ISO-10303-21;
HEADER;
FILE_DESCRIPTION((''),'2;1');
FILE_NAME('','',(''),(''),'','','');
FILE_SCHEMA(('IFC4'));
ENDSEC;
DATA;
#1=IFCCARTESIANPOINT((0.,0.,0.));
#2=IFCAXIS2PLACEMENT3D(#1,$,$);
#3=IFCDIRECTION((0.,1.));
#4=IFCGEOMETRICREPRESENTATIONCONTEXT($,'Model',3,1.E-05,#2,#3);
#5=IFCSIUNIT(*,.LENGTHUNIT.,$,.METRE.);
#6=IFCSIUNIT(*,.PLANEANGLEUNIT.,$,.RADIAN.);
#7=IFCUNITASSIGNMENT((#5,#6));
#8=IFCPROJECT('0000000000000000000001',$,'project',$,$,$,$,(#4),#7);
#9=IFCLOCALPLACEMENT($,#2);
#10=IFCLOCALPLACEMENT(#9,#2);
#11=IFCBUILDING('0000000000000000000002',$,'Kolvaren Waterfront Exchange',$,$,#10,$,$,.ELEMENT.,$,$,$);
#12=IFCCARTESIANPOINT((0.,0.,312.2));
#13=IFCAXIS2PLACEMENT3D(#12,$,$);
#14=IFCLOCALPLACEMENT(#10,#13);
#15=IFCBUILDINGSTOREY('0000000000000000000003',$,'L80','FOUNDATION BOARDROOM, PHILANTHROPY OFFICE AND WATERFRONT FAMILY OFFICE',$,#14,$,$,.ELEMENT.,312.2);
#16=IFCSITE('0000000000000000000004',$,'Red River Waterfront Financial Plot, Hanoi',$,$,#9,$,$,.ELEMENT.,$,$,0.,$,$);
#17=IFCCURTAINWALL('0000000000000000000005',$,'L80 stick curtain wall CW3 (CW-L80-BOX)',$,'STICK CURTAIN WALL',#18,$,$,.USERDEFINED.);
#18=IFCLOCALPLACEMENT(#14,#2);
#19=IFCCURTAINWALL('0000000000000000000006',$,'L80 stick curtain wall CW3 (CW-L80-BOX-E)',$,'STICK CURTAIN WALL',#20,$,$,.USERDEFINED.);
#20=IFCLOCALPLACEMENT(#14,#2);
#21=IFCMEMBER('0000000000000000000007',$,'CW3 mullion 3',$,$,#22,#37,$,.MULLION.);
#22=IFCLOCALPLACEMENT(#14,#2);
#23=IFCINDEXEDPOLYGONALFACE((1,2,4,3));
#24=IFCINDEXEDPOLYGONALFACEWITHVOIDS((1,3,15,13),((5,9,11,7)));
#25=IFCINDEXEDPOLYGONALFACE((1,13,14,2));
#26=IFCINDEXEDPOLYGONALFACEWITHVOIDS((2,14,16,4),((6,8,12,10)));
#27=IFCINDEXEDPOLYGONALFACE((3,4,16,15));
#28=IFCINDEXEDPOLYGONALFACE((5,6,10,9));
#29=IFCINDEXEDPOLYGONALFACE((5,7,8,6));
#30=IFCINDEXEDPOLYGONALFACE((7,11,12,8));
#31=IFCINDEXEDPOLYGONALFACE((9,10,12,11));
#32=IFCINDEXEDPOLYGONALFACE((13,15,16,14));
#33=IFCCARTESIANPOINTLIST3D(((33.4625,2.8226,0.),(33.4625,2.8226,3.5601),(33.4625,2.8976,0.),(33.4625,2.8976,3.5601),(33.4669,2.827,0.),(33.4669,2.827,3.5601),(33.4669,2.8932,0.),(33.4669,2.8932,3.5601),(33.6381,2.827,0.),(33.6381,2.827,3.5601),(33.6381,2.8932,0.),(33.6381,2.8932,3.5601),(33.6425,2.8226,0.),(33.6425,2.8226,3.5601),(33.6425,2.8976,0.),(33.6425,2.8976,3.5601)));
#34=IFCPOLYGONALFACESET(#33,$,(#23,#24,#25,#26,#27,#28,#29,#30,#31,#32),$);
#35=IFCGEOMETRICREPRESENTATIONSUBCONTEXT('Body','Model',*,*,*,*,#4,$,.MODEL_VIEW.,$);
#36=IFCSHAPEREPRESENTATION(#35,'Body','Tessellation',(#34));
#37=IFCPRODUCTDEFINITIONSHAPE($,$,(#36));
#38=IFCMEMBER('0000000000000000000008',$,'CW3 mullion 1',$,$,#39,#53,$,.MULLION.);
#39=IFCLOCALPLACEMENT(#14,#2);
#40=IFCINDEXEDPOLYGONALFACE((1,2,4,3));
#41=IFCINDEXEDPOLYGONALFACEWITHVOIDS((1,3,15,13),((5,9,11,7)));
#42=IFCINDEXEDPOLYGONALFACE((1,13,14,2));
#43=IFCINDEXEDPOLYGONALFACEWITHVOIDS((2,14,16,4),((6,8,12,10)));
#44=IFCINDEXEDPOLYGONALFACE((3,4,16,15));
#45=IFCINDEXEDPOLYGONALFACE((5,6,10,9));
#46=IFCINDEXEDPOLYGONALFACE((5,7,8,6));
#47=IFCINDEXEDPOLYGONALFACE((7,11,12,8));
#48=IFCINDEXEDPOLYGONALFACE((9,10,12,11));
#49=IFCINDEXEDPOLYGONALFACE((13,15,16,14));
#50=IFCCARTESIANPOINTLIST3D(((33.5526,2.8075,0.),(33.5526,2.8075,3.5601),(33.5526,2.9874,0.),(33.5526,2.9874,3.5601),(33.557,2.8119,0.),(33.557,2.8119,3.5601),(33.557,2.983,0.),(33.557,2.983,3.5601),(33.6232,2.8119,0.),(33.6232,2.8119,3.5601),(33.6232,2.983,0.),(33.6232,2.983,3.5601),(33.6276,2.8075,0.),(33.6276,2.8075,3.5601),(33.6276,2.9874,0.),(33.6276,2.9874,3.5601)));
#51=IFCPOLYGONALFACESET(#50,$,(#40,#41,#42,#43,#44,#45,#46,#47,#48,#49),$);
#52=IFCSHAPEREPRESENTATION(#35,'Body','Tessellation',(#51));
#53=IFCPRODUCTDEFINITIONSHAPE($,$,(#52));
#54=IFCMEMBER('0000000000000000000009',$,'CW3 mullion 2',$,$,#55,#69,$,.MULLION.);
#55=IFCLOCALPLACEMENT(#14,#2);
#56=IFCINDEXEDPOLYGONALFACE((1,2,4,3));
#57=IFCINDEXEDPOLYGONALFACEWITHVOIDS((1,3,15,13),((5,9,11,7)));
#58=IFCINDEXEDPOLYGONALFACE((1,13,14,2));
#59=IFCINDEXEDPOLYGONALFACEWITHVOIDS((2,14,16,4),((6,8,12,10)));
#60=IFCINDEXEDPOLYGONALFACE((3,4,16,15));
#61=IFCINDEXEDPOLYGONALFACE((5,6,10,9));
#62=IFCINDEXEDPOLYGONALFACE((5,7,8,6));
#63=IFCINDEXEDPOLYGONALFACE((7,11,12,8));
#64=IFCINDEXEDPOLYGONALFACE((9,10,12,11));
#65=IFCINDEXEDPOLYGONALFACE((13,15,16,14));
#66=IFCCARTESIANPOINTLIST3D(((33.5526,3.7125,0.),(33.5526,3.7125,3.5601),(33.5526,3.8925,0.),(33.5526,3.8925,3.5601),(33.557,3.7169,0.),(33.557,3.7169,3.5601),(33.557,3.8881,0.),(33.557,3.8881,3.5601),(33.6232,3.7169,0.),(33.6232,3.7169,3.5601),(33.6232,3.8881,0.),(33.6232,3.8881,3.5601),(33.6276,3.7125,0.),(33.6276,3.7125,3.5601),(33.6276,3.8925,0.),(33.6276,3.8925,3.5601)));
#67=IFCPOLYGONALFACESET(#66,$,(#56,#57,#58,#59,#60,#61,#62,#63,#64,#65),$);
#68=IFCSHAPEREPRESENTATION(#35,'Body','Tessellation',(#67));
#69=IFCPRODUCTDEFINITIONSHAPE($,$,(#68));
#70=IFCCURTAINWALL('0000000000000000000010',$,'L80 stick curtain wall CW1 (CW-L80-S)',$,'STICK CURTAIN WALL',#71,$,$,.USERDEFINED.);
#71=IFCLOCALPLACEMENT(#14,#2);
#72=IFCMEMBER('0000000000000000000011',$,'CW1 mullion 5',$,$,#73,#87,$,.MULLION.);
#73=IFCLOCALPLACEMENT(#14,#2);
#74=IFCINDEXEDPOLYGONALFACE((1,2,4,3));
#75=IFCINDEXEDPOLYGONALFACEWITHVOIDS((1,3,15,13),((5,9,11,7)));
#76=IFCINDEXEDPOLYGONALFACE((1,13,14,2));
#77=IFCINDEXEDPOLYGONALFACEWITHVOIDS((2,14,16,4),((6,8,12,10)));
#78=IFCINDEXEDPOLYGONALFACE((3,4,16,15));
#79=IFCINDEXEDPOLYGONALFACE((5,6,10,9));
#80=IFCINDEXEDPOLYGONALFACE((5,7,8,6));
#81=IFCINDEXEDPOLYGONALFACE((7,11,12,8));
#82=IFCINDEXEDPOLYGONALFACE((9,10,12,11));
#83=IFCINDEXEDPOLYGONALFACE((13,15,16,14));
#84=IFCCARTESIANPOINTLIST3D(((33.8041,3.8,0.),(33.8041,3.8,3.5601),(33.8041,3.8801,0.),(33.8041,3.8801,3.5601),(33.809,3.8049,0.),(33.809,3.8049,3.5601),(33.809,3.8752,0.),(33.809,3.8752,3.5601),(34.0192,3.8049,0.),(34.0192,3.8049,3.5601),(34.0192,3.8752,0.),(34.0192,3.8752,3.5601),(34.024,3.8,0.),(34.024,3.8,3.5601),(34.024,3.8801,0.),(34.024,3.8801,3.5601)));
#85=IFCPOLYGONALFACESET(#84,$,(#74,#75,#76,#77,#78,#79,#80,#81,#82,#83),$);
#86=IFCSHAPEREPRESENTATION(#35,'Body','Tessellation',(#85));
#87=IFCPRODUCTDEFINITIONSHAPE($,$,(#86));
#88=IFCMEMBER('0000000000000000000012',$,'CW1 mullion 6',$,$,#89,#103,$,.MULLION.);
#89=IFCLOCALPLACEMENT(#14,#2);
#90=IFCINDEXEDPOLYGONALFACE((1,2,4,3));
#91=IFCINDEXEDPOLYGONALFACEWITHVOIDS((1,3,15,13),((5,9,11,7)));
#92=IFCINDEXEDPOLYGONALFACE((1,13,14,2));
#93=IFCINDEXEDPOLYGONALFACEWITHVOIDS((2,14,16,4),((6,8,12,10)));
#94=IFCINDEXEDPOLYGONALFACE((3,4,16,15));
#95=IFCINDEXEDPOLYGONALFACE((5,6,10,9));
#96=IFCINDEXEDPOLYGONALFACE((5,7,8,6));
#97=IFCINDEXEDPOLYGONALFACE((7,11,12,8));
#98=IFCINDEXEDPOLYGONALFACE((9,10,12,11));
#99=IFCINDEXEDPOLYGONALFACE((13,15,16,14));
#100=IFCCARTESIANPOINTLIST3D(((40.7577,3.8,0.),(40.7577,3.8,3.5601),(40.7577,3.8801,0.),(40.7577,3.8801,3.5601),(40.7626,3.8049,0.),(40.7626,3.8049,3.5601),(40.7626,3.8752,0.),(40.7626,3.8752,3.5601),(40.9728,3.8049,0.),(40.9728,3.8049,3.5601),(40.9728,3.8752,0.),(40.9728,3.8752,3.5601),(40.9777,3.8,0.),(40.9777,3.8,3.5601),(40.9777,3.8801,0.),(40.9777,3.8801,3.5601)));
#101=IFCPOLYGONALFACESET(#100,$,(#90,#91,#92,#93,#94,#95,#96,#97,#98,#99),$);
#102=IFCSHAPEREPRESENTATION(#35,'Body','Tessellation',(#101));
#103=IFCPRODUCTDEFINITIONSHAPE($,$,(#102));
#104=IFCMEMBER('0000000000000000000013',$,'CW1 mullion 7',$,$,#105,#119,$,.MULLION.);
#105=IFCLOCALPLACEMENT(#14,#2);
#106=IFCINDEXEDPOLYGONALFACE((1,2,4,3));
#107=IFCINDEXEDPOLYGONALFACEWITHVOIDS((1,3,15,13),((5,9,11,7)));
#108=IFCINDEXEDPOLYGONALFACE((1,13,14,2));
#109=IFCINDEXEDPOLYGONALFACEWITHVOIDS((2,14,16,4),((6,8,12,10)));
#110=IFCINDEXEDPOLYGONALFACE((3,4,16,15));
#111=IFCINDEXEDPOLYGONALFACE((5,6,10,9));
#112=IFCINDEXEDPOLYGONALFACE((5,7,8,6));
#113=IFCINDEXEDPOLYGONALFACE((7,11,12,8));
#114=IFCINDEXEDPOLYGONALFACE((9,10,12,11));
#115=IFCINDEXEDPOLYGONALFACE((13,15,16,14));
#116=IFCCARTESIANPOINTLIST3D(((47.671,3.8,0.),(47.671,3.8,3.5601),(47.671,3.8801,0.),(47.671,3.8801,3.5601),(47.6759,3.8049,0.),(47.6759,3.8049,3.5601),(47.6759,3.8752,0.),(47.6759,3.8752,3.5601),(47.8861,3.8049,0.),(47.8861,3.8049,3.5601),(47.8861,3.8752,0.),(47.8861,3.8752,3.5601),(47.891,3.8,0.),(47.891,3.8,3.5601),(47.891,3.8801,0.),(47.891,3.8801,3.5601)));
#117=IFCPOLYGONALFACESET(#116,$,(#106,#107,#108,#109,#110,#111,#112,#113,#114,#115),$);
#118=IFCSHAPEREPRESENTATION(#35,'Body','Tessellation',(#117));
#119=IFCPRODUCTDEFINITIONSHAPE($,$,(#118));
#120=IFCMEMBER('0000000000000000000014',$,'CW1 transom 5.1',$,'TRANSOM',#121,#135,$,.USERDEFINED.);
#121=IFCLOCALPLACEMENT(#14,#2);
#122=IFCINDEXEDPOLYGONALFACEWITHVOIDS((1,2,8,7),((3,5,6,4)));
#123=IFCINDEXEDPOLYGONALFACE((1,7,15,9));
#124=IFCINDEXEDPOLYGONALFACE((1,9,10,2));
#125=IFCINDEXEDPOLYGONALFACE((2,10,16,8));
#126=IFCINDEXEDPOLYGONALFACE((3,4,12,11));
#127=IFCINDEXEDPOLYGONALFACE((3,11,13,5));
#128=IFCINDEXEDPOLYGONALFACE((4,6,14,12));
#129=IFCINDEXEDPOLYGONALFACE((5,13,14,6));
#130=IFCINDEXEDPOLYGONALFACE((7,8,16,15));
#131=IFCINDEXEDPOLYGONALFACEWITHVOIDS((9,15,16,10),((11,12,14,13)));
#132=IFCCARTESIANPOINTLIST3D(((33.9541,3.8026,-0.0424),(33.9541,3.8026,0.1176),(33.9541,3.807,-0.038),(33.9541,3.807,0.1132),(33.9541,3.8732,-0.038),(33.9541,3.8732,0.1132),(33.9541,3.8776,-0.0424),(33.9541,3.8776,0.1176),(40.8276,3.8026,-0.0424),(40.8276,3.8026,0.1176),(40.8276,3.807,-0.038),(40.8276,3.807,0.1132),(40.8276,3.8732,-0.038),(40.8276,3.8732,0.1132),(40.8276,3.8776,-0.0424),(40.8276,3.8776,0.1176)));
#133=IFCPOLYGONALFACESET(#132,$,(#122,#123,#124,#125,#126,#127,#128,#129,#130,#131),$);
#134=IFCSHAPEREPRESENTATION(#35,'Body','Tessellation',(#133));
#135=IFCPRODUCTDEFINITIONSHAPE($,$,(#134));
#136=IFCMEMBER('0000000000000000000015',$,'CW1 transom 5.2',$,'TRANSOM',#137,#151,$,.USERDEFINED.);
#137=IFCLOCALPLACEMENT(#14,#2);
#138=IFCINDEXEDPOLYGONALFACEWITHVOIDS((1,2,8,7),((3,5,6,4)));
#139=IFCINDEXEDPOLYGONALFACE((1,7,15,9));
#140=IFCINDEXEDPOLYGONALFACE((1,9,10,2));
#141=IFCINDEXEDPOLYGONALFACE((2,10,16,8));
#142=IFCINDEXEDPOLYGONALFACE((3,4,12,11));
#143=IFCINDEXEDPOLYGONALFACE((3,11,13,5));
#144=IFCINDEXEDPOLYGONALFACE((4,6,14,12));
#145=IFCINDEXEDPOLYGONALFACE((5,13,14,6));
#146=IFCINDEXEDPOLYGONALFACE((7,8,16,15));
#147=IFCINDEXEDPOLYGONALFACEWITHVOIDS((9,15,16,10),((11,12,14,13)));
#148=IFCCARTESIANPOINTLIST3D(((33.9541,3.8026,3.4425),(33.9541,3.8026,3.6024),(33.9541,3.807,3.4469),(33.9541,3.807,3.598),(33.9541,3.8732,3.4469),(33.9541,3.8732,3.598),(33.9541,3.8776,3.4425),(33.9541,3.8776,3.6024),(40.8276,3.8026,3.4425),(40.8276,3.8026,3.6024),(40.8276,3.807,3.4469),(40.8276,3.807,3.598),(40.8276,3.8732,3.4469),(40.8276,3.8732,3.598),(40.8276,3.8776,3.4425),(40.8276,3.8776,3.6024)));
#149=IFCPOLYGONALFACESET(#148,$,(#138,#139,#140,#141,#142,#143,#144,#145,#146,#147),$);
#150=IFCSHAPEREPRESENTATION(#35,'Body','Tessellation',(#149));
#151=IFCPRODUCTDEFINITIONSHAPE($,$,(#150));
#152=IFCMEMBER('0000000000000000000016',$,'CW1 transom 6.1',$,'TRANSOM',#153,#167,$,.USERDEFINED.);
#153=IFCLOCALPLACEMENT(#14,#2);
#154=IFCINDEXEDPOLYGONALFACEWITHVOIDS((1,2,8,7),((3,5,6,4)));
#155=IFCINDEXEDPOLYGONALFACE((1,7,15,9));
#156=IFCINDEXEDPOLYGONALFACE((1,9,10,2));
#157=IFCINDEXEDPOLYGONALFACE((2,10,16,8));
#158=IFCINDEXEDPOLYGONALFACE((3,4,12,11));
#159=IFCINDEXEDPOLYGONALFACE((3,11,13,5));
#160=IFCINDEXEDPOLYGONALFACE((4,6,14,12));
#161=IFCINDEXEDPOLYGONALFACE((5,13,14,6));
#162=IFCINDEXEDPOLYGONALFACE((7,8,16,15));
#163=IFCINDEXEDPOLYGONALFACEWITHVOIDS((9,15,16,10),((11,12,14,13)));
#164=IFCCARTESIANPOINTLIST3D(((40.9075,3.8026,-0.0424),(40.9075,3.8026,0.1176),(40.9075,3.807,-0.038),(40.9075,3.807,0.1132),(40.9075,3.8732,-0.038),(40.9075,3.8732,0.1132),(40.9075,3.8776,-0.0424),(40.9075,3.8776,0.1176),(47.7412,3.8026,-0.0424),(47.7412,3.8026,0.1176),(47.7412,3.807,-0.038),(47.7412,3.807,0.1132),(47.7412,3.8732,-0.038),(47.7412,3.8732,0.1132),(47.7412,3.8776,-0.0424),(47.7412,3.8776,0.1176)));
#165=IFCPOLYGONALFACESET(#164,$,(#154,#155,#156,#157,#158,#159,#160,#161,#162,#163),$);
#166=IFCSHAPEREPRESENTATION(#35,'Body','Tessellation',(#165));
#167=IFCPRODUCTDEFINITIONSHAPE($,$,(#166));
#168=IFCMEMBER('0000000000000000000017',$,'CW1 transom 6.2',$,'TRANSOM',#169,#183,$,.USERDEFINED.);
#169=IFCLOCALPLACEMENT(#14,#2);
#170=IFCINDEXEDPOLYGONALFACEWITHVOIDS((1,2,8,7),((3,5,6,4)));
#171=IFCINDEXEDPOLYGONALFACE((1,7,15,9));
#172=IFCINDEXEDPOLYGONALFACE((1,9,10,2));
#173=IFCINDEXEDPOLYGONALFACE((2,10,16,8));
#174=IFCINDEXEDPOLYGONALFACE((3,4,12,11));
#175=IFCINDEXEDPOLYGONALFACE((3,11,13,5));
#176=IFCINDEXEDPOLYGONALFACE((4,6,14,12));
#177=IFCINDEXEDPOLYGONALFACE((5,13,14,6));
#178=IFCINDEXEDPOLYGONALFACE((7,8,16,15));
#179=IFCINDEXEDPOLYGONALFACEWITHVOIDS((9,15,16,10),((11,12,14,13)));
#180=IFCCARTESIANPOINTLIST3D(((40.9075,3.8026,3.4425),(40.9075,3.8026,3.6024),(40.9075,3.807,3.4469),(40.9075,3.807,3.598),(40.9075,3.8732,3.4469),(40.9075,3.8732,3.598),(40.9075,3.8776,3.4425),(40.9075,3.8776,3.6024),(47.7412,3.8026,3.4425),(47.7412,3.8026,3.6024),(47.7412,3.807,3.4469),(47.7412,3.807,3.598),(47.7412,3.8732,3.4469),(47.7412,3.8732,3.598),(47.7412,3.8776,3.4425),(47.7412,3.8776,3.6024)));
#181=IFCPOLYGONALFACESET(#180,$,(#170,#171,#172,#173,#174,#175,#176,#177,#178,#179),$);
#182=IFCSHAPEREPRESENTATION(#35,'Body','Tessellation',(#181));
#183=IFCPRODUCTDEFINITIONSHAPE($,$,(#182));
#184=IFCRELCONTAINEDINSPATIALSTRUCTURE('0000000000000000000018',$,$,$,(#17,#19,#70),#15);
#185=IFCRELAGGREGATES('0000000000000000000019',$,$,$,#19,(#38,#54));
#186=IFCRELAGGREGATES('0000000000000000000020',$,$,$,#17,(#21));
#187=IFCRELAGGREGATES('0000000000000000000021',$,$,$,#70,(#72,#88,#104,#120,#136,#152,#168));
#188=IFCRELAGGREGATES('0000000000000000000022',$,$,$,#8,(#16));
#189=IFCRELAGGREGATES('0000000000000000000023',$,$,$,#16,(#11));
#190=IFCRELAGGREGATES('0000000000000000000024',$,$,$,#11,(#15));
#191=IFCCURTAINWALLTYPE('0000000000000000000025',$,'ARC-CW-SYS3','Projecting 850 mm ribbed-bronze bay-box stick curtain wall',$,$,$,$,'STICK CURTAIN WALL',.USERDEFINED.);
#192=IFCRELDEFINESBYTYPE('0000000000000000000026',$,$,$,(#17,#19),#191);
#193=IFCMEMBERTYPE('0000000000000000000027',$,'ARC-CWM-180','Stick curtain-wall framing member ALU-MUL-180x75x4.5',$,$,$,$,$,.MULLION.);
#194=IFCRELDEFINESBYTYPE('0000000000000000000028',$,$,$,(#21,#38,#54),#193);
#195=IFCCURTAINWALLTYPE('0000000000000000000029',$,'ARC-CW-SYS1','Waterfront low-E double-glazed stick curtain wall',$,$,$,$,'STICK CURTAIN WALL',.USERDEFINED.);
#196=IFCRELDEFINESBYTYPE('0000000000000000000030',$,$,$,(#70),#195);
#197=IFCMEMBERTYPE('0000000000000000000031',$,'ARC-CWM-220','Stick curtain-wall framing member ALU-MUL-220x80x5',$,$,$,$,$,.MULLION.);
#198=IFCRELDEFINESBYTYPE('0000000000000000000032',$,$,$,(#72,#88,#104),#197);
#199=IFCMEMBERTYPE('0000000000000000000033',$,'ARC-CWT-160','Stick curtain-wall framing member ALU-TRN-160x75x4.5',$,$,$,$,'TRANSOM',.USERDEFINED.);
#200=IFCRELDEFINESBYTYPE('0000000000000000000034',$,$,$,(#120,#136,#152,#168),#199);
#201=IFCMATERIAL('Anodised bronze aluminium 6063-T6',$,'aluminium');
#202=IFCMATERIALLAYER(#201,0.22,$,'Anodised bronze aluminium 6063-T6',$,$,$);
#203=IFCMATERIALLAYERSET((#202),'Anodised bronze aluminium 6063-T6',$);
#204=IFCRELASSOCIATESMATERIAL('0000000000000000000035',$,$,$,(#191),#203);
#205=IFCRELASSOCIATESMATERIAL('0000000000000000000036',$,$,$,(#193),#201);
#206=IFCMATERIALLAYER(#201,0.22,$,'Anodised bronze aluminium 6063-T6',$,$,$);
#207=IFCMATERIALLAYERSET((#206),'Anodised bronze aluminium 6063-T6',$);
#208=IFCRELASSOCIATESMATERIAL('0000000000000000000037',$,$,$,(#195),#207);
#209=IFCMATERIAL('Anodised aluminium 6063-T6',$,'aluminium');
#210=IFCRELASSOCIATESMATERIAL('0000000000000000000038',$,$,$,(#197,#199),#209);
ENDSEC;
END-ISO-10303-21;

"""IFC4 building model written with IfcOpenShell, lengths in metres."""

from ifc_helpers import new_model, si_unit, direction, frame, origin, origin_with_axes, origin_2d, place, context, subcontext, project, spatial, hollow_rectangle, extrude, source, transform, mapped, material, layer, layer_set, material_profile, profile_set, type_object, element, aggregate, save


model = new_model("IFC4")

# Units and contexts
model_context = context("Model", 3, precision=1e-05, world=origin(), true_north=direction((0.0, 1.0)))
body_context = subcontext(model_context, "Body", "Model", "MODEL_VIEW")
ifc_project = project(units=[si_unit("LENGTHUNIT", "METRE"), si_unit("PLANEANGLEUNIT", "RADIAN")], contexts=[model_context])

# Site, building, storey
site_placement = place(None, origin())
site = spatial("IfcSite", under=ifc_project, at=site_placement, Name="Red River Waterfront Financial Plot, Hanoi", CompositionType="ELEMENT", RefElevation=0.0)
building_placement = place(site_placement, origin())
building = spatial("IfcBuilding", under=site, at=building_placement, Name="Kolvaren Waterfront Exchange", CompositionType="ELEMENT")
storey_placement = place(building_placement, frame((0.0, 0.0, 312.2)))
storey = spatial("IfcBuildingStorey", under=building, at=storey_placement, Name="L80", Description="FOUNDATION BOARDROOM, PHILANTHROPY OFFICE AND WATERFRONT FAMILY OFFICE", CompositionType="ELEMENT", Elevation=312.2)

# Curtain walls
ifc_material_1 = material(Name="Anodised bronze aluminium 6063-T6", Category="aluminium")
ifc_layer_1 = layer(ifc_material_1, 0.22, Name="Anodised bronze aluminium 6063-T6")
ifc_layer_set_1 = layer_set([ifc_layer_1], Name="Anodised bronze aluminium 6063-T6")
curtain_wall_type_1 = type_object("IfcCurtainWallType", Name="ARC-CW-SYS3", Description="Projecting 850 mm ribbed-bronze bay-box stick curtain wall", ElementType="STICK CURTAIN WALL", PredefinedType="USERDEFINED", material=ifc_layer_set_1)
curtain_wall_1_placement = place(storey_placement, origin())
curtain_wall_1 = element("IfcCurtainWall", 1, at=curtain_wall_1_placement, inside=storey, type_object=curtain_wall_type_1, Name="L80 stick curtain wall CW3 (CW-L80-BOX)", ObjectType="STICK CURTAIN WALL", PredefinedType="USERDEFINED")
curtain_wall_2_placement = place(storey_placement, origin())
curtain_wall_2 = element("IfcCurtainWall", 2, at=curtain_wall_2_placement, inside=storey, type_object=curtain_wall_type_1, Name="L80 stick curtain wall CW3 (CW-L80-BOX-E)", ObjectType="STICK CURTAIN WALL", PredefinedType="USERDEFINED")

# Members
ifc_material_profile_1 = material_profile(ifc_material_1, hollow_rectangle(XDim=0.075, YDim=0.1799, WallThickness=0.0044, at=origin_2d()), Name="ALU-MUL-180x75x4.5")
ifc_profile_set_1 = profile_set([ifc_material_profile_1], Name="Anodised bronze aluminium 6063-T6")
member_type_1 = type_object("IfcMemberType", Name="ARC-CWM-180", Description="Stick curtain-wall framing member ALU-MUL-180x75x4.5", PredefinedType="MULLION", material=ifc_profile_set_1)
shared_shape_1 = source(origin_with_axes(), body_context, "Body", "SweptSolid", [
    extrude(hollow_rectangle(XDim=0.075, YDim=0.1799, WallThickness=0.0044, at=origin_2d()), origin(), (0.0, 0.0, 1.0), 3.5601),
])
member_1_placement = place(storey_placement, frame((33.5525, 2.8601, 0.0), z_axis=(0.0, 0.0, 1.0), x_axis=(0.0, 1.0, 0.0)))
member_1 = element("IfcMember", 3, at=member_1_placement, type_object=member_type_1, Name="CW3 mullion 3", PredefinedType="MULLION", context=body_context, shape_type="MappedRepresentation", body=[
    mapped(shared_shape_1, transform((0.0, 0.0, 0.0), x_axis=(1.0, 0.0, 0.0), y_axis=(0.0, 1.0, 0.0), z_axis=(0.0, 0.0, 1.0), scale=1.0)),
])
member_2_placement = place(storey_placement, frame((33.5901, 2.8975, 0.0), z_axis=(0.0, 0.0, 1.0), x_axis=(-1.0, 0.0, 0.0)))
member_2 = element("IfcMember", 4, at=member_2_placement, type_object=member_type_1, Name="CW3 mullion 1", PredefinedType="MULLION", context=body_context, shape_type="MappedRepresentation", body=[
    mapped(shared_shape_1, transform((0.0, 0.0, 0.0), x_axis=(1.0, 0.0, 0.0), y_axis=(0.0, 1.0, 0.0), z_axis=(0.0, 0.0, 1.0), scale=1.0)),
])
member_3_placement = place(storey_placement, frame((33.5901, 3.8025, 0.0), z_axis=(0.0, 0.0, 1.0), x_axis=(-1.0, 0.0, 0.0)))
member_3 = element("IfcMember", 5, at=member_3_placement, type_object=member_type_1, Name="CW3 mullion 2", PredefinedType="MULLION", context=body_context, shape_type="MappedRepresentation", body=[
    mapped(shared_shape_1, transform((0.0, 0.0, 0.0), x_axis=(1.0, 0.0, 0.0), y_axis=(0.0, 1.0, 0.0), z_axis=(0.0, 0.0, 1.0), scale=1.0)),
])

# Curtain wall, members
ifc_layer_2 = layer(ifc_material_1, 0.22, Name="Anodised bronze aluminium 6063-T6")
ifc_layer_set_2 = layer_set([ifc_layer_2], Name="Anodised bronze aluminium 6063-T6")
curtain_wall_type_2 = type_object("IfcCurtainWallType", Name="ARC-CW-SYS1", Description="Waterfront low-E double-glazed stick curtain wall", ElementType="STICK CURTAIN WALL", PredefinedType="USERDEFINED", material=ifc_layer_set_2)
curtain_wall_3_placement = place(storey_placement, origin())
curtain_wall_3 = element("IfcCurtainWall", 6, at=curtain_wall_3_placement, inside=storey, type_object=curtain_wall_type_2, Name="L80 stick curtain wall CW1 (CW-L80-S)", ObjectType="STICK CURTAIN WALL", PredefinedType="USERDEFINED")
ifc_material_2 = material(Name="Anodised aluminium 6063-T6", Category="aluminium")
ifc_material_profile_2 = material_profile(ifc_material_2, hollow_rectangle(XDim=0.0801, YDim=0.22, WallThickness=0.0049, at=origin_2d()), Name="ALU-MUL-220x80x5")
ifc_profile_set_2 = profile_set([ifc_material_profile_2], Name="Anodised aluminium 6063-T6")
member_type_2 = type_object("IfcMemberType", Name="ARC-CWM-220", Description="Stick curtain-wall framing member ALU-MUL-220x80x5", PredefinedType="MULLION", material=ifc_profile_set_2)
shared_shape_2 = source(origin_with_axes(), body_context, "Body", "SweptSolid", [
    extrude(hollow_rectangle(XDim=0.0801, YDim=0.22, WallThickness=0.0049, at=origin_2d()), origin(), (0.0, 0.0, 1.0), 3.5601),
])
member_4_placement = place(storey_placement, frame((33.9141, 3.8401, 0.0), z_axis=(0.0, 0.0, 1.0), x_axis=(0.0, 1.0, 0.0)))
member_4 = element("IfcMember", 7, at=member_4_placement, type_object=member_type_2, Name="CW1 mullion 5", PredefinedType="MULLION", context=body_context, shape_type="MappedRepresentation", body=[
    mapped(shared_shape_2, transform((0.0, 0.0, 0.0), x_axis=(1.0, 0.0, 0.0), y_axis=(0.0, 1.0, 0.0), z_axis=(0.0, 0.0, 1.0), scale=1.0)),
])
member_5_placement = place(storey_placement, frame((40.8677, 3.8401, 0.0), z_axis=(0.0, 0.0, 1.0), x_axis=(0.0, 1.0, 0.0)))
member_5 = element("IfcMember", 8, at=member_5_placement, type_object=member_type_2, Name="CW1 mullion 6", PredefinedType="MULLION", context=body_context, shape_type="MappedRepresentation", body=[
    mapped(shared_shape_2, transform((0.0, 0.0, 0.0), x_axis=(1.0, 0.0, 0.0), y_axis=(0.0, 1.0, 0.0), z_axis=(0.0, 0.0, 1.0), scale=1.0)),
])
member_6_placement = place(storey_placement, frame((47.781, 3.8401, 0.0), z_axis=(0.0, 0.0, 1.0), x_axis=(0.0, 1.0, 0.0)))
member_6 = element("IfcMember", 9, at=member_6_placement, type_object=member_type_2, Name="CW1 mullion 7", PredefinedType="MULLION", context=body_context, shape_type="MappedRepresentation", body=[
    mapped(shared_shape_2, transform((0.0, 0.0, 0.0), x_axis=(1.0, 0.0, 0.0), y_axis=(0.0, 1.0, 0.0), z_axis=(0.0, 0.0, 1.0), scale=1.0)),
])
ifc_material_profile_3 = material_profile(ifc_material_2, hollow_rectangle(XDim=0.075, YDim=0.1599, WallThickness=0.0044, at=origin_2d()), Name="ALU-TRN-160x75x4.5")
ifc_profile_set_3 = profile_set([ifc_material_profile_3], Name="Anodised aluminium 6063-T6")
member_type_3 = type_object("IfcMemberType", Name="ARC-CWT-160", Description="Stick curtain-wall framing member ALU-TRN-160x75x4.5", ElementType="TRANSOM", PredefinedType="USERDEFINED", material=ifc_profile_set_3)
shared_shape_3 = source(origin_with_axes(), body_context, "Body", "SweptSolid", [
    extrude(hollow_rectangle(XDim=0.075, YDim=0.1599, WallThickness=0.0044, at=origin_2d()), origin(), (0.0, 0.0, 1.0), 6.8735),
])
member_7_placement = place(storey_placement, frame((33.9541, 3.8401, 0.0376), z_axis=(1.0, 0.0, 0.0), x_axis=(0.0, 1.0, 0.0)))
member_7 = element("IfcMember", 10, at=member_7_placement, type_object=member_type_3, Name="CW1 transom 5.1", ObjectType="TRANSOM", PredefinedType="USERDEFINED", context=body_context, shape_type="MappedRepresentation", body=[
    mapped(shared_shape_3, transform((0.0, 0.0, 0.0), x_axis=(1.0, 0.0, 0.0), y_axis=(0.0, 1.0, 0.0), z_axis=(0.0, 0.0, 1.0), scale=1.0)),
])
member_8_placement = place(storey_placement, frame((33.9541, 3.8401, 3.5225), z_axis=(1.0, 0.0, 0.0), x_axis=(0.0, 1.0, 0.0)))
member_8 = element("IfcMember", 11, at=member_8_placement, type_object=member_type_3, Name="CW1 transom 5.2", ObjectType="TRANSOM", PredefinedType="USERDEFINED", context=body_context, shape_type="MappedRepresentation", body=[
    mapped(shared_shape_3, transform((0.0, 0.0, 0.0), x_axis=(1.0, 0.0, 0.0), y_axis=(0.0, 1.0, 0.0), z_axis=(0.0, 0.0, 1.0), scale=1.0)),
])
shared_shape_4 = source(origin_with_axes(), body_context, "Body", "SweptSolid", [
    extrude(hollow_rectangle(XDim=0.075, YDim=0.1599, WallThickness=0.0044, at=origin_2d()), origin(), (0.0, 0.0, 1.0), 6.8337),
])
member_9_placement = place(storey_placement, frame((40.9075, 3.8401, 0.0376), z_axis=(1.0, 0.0, 0.0), x_axis=(0.0, 1.0, 0.0)))
member_9 = element("IfcMember", 12, at=member_9_placement, type_object=member_type_3, Name="CW1 transom 6.1", ObjectType="TRANSOM", PredefinedType="USERDEFINED", context=body_context, shape_type="MappedRepresentation", body=[
    mapped(shared_shape_4, transform((0.0, 0.0, 0.0), x_axis=(1.0, 0.0, 0.0), y_axis=(0.0, 1.0, 0.0), z_axis=(0.0, 0.0, 1.0), scale=1.0)),
])
member_10_placement = place(storey_placement, frame((40.9075, 3.8401, 3.5225), z_axis=(1.0, 0.0, 0.0), x_axis=(0.0, 1.0, 0.0)))
member_10 = element("IfcMember", 13, at=member_10_placement, type_object=member_type_3, Name="CW1 transom 6.2", ObjectType="TRANSOM", PredefinedType="USERDEFINED", context=body_context, shape_type="MappedRepresentation", body=[
    mapped(shared_shape_4, transform((0.0, 0.0, 0.0), x_axis=(1.0, 0.0, 0.0), y_axis=(0.0, 1.0, 0.0), z_axis=(0.0, 0.0, 1.0), scale=1.0)),
])

aggregate(curtain_wall_2, [member_2, member_3])
aggregate(curtain_wall_1, [member_1])
aggregate(curtain_wall_3, [member_4, member_5, member_6, member_7, member_8, member_9, member_10])

save(model, "model.ifc")
